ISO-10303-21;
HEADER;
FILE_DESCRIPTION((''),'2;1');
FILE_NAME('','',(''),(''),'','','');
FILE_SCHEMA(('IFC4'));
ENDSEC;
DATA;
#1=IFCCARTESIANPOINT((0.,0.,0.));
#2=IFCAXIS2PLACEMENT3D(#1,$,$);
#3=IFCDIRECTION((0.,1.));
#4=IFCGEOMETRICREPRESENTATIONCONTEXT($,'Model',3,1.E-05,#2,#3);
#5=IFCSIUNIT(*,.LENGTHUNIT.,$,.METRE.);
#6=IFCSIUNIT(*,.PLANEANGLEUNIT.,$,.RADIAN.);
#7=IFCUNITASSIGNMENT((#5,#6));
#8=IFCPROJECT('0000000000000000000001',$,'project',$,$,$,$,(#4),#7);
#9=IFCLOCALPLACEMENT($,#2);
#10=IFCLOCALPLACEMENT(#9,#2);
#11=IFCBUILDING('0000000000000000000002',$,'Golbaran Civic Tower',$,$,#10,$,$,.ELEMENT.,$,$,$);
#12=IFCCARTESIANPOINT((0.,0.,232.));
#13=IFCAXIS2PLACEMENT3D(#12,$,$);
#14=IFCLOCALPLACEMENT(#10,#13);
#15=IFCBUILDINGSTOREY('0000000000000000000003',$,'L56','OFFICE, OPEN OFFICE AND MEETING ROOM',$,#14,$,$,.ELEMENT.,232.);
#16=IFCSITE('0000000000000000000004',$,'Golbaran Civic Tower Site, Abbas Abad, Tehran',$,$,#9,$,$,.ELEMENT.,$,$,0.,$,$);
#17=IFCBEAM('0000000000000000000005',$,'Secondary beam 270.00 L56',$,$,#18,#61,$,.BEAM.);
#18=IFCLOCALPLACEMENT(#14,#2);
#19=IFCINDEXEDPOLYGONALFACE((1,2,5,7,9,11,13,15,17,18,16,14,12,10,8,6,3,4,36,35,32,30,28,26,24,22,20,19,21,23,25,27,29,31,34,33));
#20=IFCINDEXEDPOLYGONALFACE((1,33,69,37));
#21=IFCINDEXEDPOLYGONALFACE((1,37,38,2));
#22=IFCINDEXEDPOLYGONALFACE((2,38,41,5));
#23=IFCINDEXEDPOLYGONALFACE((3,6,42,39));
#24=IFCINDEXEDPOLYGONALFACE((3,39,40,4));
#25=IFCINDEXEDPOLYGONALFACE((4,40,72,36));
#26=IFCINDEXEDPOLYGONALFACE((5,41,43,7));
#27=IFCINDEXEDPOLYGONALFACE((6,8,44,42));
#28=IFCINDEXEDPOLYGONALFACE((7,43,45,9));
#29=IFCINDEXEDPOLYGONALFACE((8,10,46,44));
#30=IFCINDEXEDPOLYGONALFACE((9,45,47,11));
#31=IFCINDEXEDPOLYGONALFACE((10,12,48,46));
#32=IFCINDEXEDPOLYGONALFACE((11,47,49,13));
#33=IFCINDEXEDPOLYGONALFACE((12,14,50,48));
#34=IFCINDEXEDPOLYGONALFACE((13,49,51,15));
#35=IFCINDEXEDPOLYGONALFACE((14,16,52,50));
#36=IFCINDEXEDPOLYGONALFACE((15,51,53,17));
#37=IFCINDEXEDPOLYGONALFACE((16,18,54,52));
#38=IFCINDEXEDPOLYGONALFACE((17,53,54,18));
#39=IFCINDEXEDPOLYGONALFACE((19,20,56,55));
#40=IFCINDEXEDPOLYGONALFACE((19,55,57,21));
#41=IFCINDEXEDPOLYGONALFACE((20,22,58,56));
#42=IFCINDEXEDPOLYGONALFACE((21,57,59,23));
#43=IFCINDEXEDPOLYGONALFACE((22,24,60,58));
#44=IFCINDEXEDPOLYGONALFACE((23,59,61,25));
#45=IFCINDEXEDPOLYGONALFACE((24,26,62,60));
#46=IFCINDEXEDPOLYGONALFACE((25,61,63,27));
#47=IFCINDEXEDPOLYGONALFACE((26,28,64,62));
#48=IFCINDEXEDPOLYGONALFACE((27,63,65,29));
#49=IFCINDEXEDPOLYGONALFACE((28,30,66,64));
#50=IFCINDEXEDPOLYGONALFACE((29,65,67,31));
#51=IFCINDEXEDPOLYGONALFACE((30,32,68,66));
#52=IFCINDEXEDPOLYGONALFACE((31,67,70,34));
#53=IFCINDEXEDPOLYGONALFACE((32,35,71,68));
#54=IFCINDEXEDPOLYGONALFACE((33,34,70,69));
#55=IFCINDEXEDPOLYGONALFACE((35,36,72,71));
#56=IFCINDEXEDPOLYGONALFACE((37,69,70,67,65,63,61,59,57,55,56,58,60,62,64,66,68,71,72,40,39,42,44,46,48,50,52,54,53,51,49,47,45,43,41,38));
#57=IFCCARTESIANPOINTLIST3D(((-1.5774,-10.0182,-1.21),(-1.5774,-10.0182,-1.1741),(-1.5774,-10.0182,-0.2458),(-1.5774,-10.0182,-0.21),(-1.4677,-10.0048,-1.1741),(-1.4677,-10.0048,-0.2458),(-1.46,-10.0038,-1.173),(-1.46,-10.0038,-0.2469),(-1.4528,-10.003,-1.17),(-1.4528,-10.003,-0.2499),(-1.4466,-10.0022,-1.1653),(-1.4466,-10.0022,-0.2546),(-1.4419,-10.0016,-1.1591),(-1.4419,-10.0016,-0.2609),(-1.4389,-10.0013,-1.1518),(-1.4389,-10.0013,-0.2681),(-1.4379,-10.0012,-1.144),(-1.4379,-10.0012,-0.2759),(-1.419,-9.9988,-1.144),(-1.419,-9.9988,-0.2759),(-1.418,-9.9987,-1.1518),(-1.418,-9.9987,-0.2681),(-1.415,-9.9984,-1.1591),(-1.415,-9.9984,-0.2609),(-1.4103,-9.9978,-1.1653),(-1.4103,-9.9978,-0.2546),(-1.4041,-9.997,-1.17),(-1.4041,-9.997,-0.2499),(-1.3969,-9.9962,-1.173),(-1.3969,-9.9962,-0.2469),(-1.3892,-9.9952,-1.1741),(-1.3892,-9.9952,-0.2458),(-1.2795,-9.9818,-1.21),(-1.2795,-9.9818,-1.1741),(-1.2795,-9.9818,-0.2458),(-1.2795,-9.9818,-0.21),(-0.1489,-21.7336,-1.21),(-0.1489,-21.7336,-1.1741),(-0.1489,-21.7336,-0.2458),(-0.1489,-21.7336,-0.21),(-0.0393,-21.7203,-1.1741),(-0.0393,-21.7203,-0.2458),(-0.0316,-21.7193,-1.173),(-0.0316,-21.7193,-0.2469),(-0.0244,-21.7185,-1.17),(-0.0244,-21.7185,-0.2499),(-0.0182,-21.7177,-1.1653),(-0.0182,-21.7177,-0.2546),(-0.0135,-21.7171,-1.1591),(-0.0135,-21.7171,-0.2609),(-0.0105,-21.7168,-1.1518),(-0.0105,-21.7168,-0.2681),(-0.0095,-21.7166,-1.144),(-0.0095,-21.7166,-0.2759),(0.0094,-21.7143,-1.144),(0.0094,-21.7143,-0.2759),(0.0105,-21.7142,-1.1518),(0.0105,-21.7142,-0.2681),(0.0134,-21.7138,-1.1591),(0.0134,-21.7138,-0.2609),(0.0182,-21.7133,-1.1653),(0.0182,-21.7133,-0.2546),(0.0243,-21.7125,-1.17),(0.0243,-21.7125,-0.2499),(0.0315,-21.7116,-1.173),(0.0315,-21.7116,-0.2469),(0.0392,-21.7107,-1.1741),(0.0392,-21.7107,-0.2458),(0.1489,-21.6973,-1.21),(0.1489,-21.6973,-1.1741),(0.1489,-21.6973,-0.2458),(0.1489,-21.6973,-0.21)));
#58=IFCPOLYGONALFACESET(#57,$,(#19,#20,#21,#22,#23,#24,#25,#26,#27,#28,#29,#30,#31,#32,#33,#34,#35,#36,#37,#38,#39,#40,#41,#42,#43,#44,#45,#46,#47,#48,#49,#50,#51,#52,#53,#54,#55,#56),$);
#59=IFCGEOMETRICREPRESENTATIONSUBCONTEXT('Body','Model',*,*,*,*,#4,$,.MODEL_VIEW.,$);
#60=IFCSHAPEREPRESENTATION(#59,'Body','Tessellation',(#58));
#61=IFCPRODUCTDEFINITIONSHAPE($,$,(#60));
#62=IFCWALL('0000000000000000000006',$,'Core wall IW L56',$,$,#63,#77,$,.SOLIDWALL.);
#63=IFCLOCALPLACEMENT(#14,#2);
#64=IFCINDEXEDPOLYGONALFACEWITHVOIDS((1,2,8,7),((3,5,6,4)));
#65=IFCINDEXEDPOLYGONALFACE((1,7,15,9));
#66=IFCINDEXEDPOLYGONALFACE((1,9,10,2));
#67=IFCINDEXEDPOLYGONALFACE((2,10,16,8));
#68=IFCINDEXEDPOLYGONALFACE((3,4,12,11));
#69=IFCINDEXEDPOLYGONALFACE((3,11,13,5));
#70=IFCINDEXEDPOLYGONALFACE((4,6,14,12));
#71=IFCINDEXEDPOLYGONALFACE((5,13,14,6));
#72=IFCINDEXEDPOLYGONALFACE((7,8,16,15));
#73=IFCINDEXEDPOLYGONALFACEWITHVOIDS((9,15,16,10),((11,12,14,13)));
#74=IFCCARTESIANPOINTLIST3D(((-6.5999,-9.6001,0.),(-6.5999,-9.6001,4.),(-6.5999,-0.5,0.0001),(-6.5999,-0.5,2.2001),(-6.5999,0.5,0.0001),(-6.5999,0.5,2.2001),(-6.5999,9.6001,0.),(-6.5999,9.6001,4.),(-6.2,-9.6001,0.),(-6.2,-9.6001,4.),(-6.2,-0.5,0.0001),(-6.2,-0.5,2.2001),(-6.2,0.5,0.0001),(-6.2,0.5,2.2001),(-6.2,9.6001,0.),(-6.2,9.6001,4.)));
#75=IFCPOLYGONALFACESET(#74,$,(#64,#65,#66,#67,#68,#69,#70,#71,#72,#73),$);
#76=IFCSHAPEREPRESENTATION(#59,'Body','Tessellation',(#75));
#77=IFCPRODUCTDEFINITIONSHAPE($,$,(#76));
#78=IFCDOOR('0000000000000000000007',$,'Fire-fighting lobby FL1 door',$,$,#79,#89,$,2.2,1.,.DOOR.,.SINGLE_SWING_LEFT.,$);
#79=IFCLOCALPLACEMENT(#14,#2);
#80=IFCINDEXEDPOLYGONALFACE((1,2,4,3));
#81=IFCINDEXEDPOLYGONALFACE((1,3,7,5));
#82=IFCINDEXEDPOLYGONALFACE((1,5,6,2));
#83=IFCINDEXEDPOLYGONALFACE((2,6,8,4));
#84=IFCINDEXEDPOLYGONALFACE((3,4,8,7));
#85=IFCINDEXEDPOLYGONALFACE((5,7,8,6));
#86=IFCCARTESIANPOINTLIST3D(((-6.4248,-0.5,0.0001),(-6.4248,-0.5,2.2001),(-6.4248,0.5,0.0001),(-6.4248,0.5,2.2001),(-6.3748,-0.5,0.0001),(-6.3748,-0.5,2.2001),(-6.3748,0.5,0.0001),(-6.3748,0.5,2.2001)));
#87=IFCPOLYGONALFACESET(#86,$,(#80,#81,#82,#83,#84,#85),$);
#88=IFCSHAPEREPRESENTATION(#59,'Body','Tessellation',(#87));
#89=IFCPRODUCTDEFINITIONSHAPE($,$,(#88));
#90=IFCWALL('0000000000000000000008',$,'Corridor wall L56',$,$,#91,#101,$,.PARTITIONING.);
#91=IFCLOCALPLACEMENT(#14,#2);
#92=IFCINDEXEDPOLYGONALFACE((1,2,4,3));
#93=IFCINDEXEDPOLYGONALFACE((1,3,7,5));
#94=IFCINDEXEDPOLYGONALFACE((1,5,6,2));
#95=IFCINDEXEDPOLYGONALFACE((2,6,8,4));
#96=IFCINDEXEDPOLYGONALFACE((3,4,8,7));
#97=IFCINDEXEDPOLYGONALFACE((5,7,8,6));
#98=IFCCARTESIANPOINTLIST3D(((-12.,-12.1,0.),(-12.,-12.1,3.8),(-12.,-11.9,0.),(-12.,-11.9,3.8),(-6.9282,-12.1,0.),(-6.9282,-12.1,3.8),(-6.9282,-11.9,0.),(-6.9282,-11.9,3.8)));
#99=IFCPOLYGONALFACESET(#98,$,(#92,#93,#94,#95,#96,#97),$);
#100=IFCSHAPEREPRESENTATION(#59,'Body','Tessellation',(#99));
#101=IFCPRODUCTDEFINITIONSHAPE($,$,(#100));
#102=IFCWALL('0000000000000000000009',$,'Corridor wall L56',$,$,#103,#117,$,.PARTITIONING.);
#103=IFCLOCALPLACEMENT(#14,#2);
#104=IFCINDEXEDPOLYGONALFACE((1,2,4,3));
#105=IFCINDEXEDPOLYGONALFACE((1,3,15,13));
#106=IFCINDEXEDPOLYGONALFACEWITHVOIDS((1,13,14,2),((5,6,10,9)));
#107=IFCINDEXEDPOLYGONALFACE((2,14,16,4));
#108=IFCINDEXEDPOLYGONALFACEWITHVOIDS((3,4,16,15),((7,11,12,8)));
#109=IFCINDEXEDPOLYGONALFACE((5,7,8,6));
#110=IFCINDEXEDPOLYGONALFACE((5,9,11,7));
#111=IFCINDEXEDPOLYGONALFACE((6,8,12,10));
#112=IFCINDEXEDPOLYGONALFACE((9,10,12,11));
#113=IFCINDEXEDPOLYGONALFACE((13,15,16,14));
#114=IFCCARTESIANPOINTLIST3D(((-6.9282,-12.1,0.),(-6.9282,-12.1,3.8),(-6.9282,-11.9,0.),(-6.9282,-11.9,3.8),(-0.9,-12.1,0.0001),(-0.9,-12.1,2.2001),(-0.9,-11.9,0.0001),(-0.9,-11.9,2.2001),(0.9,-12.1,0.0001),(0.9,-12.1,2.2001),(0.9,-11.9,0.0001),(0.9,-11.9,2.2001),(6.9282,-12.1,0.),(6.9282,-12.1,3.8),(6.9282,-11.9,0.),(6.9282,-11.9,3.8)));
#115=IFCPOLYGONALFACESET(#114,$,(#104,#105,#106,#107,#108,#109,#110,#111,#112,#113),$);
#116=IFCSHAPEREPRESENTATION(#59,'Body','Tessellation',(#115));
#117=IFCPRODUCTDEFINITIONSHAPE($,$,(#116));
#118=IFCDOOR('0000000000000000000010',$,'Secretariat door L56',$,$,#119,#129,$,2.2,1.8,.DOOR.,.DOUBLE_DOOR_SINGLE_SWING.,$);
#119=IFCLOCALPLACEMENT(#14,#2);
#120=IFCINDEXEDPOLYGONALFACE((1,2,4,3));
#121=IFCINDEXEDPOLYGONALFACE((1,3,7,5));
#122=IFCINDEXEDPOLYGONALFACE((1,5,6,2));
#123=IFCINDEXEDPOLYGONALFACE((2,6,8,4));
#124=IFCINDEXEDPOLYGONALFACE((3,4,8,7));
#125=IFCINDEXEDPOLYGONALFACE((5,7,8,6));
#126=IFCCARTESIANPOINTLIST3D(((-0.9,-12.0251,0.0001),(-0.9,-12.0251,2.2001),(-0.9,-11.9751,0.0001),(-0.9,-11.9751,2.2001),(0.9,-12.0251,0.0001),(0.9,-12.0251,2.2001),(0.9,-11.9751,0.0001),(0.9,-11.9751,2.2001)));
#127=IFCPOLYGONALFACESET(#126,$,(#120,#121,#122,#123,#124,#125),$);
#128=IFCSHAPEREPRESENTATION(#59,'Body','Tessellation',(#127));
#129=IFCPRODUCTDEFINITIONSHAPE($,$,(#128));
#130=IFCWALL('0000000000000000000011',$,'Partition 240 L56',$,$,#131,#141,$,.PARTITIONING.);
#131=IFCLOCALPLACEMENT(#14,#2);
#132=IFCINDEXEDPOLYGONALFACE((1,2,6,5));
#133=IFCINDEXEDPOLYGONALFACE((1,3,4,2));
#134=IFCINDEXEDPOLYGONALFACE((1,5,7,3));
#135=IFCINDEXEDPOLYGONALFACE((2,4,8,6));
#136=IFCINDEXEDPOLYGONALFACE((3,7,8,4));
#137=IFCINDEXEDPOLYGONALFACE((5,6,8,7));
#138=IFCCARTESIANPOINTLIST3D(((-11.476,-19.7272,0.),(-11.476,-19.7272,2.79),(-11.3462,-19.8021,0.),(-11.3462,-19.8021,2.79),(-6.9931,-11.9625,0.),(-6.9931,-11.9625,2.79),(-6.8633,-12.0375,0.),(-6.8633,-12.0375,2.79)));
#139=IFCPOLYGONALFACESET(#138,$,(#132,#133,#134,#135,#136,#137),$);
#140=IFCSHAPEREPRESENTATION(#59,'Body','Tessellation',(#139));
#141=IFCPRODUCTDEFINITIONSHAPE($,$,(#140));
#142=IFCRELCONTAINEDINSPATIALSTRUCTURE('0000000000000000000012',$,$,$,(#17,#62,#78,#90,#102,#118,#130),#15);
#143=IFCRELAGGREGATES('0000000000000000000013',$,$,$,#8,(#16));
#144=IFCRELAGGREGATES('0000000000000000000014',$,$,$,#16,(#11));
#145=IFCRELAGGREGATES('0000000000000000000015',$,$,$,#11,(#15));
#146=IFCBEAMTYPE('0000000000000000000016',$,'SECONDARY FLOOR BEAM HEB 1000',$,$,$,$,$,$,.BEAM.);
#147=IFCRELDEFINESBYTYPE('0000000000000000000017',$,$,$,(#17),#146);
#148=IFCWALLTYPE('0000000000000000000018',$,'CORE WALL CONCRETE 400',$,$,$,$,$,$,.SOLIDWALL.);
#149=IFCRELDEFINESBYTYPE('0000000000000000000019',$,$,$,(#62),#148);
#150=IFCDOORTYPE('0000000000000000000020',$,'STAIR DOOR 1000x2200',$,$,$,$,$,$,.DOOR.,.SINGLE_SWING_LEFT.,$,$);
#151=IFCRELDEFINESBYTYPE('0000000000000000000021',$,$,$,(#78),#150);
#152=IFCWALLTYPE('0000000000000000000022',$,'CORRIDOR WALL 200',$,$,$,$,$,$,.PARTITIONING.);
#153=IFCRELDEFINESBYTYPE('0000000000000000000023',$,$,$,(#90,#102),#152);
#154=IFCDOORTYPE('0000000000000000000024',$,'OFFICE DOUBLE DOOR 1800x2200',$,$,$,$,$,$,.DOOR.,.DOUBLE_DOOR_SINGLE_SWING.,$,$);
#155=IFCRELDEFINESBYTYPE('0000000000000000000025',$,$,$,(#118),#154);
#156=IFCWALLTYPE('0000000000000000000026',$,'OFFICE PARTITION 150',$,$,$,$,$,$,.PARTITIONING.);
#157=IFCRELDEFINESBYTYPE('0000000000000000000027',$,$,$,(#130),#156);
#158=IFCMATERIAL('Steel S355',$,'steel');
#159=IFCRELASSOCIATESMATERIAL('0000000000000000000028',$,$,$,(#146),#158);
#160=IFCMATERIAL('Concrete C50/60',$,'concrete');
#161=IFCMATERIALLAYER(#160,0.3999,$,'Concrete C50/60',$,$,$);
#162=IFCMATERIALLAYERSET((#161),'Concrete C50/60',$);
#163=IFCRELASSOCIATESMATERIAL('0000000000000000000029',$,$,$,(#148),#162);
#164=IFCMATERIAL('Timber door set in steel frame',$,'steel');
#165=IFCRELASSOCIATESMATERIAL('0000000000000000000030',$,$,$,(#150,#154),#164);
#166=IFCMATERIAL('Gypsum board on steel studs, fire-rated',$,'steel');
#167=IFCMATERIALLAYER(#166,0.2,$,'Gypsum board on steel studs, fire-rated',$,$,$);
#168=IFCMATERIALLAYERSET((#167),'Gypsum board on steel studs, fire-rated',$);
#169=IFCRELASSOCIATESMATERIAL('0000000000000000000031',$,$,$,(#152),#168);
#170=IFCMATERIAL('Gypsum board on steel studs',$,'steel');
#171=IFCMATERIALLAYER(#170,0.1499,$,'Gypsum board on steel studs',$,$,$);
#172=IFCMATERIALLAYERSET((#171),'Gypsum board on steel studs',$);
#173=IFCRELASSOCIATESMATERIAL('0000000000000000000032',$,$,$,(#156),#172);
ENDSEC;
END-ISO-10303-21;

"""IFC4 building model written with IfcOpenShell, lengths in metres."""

from ifc_helpers import new_model, si_unit, direction, frame, frame_2d, origin, origin_2d, place, context, subcontext, project, spatial, rectangle, i_section, extrude, material, layer, layer_set, material_profile, profile_set, type_object, element, fill, save


model = new_model("IFC4")

# Units and contexts
model_context = context("Model", 3, precision=1e-05, world=origin(), true_north=direction((0.0, 1.0)))
body_context = subcontext(model_context, "Body", "Model", "MODEL_VIEW")
ifc_project = project(units=[si_unit("LENGTHUNIT", "METRE"), si_unit("PLANEANGLEUNIT", "RADIAN")], contexts=[model_context])

# Site, building, storey
site_placement = place(None, origin())
site = spatial("IfcSite", under=ifc_project, at=site_placement, Name="Golbaran Civic Tower Site, Abbas Abad, Tehran", CompositionType="ELEMENT", RefElevation=0.0)
building_placement = place(site_placement, origin())
building = spatial("IfcBuilding", under=site, at=building_placement, Name="Golbaran Civic Tower", CompositionType="ELEMENT")
storey_placement = place(building_placement, frame((0.0, 0.0, 232.0)))
storey = spatial("IfcBuildingStorey", under=building, at=storey_placement, Name="L56", Description="OFFICE, OPEN OFFICE AND MEETING ROOM", CompositionType="ELEMENT", Elevation=232.0)

# Beam
ifc_material_1 = material(Name="Steel S355", Category="steel")
ifc_material_profile_1 = material_profile(ifc_material_1, i_section(OverallWidth=0.3, OverallDepth=1.0, WebThickness=0.019, FlangeThickness=0.0359, FilletRadius=0.03, at=origin_2d()), Name="HEB 1000")
ifc_profile_set_1 = profile_set([ifc_material_profile_1], Name="Steel S355")
beam_type_1 = type_object("IfcBeamType", Name="SECONDARY FLOOR BEAM HEB 1000", PredefinedType="BEAM", material=ifc_profile_set_1)
beam_1_placement = place(storey_placement, frame((-1.4285, -10.0, -0.71), z_axis=(0.121033, -0.992649, 0.0), x_axis=(0.992649, 0.121033, 0.0)))
element("IfcBeam", 1, at=beam_1_placement, inside=storey, type_object=beam_type_1, Name="Secondary beam 270.00 L56", PredefinedType="BEAM", context=body_context, shape_type="SweptSolid", body=[
    extrude(i_section(OverallWidth=0.3, OverallDepth=1.0, WebThickness=0.019, FlangeThickness=0.0359, FilletRadius=0.03, at=origin_2d()), origin(), (0.0, 0.0, 1.0), 11.8022),
])

# Wall, opening, door
ifc_material_2 = material(Name="Concrete C50/60", Category="concrete")
ifc_layer_1 = layer(ifc_material_2, 0.3999, Name="Concrete C50/60")
ifc_layer_set_1 = layer_set([ifc_layer_1], Name="Concrete C50/60")
wall_type_1 = type_object("IfcWallType", Name="CORE WALL CONCRETE 400", PredefinedType="SOLIDWALL", material=ifc_layer_set_1)
wall_1_placement = place(storey_placement, frame((-6.3999, -9.6001, 0.0), z_axis=(0.0, 0.0, 1.0), x_axis=(0.0, 1.0, 0.0)))
wall_1 = element("IfcWall", 2, at=wall_1_placement, inside=storey, type_object=wall_type_1, Name="Core wall IW L56", PredefinedType="SOLIDWALL", context=body_context, shape_type="SweptSolid", body=[
    extrude(rectangle(XDim=19.2002, YDim=0.3999, at=frame_2d((9.6001, 0.0))), origin(), (0.0, 0.0, 1.0), 4.0),
])
opening_1_placement = place(wall_1_placement, frame((9.1001, 0.0, 0.0)))
opening_1 = element("IfcOpeningElement", 3, at=opening_1_placement, cuts=wall_1, PredefinedType="OPENING", context=body_context, shape_type="SweptSolid", body=[
    extrude(rectangle(XDim=1.0, YDim=2.2, at=frame_2d((0.5, 1.1001))), frame((0.0, 0.21, 0.0), z_axis=(0.0, -1.0, 0.0), x_axis=(1.0, 0.0, 0.0)), (0.0, 0.0, 1.0), 0.4199),
])
ifc_material_3 = material(Name="Timber door set in steel frame", Category="steel")
door_type_1 = type_object("IfcDoorType", Name="STAIR DOOR 1000x2200", OperationType="SINGLE_SWING_LEFT", PredefinedType="DOOR", material=ifc_material_3)
door_1_placement = place(opening_1_placement, origin())
door_1 = element("IfcDoor", 4, at=door_1_placement, inside=storey, type_object=door_type_1, Name="Fire-fighting lobby FL1 door", OperationType="SINGLE_SWING_LEFT", OverallHeight=2.2, OverallWidth=1.0, PredefinedType="DOOR", context=body_context, shape_type="SweptSolid", body=[
    extrude(rectangle(XDim=1.0, YDim=2.2, at=frame_2d((0.5, 1.1001))), frame((0.0, 0.0249, 0.0), z_axis=(0.0, -1.0, 0.0), x_axis=(1.0, 0.0, 0.0)), (0.0, 0.0, 1.0), 0.05),
])
fill(opening_1, door_1)

# Wall
ifc_material_4 = material(Name="Gypsum board on steel studs, fire-rated", Category="steel")
ifc_layer_2 = layer(ifc_material_4, 0.2, Name="Gypsum board on steel studs, fire-rated")
ifc_layer_set_2 = layer_set([ifc_layer_2], Name="Gypsum board on steel studs, fire-rated")
wall_type_2 = type_object("IfcWallType", Name="CORRIDOR WALL 200", PredefinedType="PARTITIONING", material=ifc_layer_set_2)
wall_2_placement = place(storey_placement, frame((-12.0, -12.0, 0.0), z_axis=(0.0, 0.0, 1.0), x_axis=(1.0, 0.0, 0.0)))
element("IfcWall", 5, at=wall_2_placement, inside=storey, type_object=wall_type_2, Name="Corridor wall L56", PredefinedType="PARTITIONING", context=body_context, shape_type="SweptSolid", body=[
    extrude(rectangle(XDim=5.0718, YDim=0.2, at=frame_2d((2.5359, 0.0))), origin(), (0.0, 0.0, 1.0), 3.8),
])

# Wall, opening, door
wall_3_placement = place(storey_placement, frame((-6.9282, -12.0, 0.0), z_axis=(0.0, 0.0, 1.0), x_axis=(1.0, 0.0, 0.0)))
wall_3 = element("IfcWall", 6, at=wall_3_placement, inside=storey, type_object=wall_type_2, Name="Corridor wall L56", PredefinedType="PARTITIONING", context=body_context, shape_type="SweptSolid", body=[
    extrude(rectangle(XDim=13.8564, YDim=0.2, at=frame_2d((6.9282, 0.0))), origin(), (0.0, 0.0, 1.0), 3.8),
])
opening_2_placement = place(wall_3_placement, frame((6.0283, 0.0, 0.0)))
opening_2 = element("IfcOpeningElement", 7, at=opening_2_placement, cuts=wall_3, PredefinedType="OPENING", context=body_context, shape_type="SweptSolid", body=[
    extrude(rectangle(XDim=1.8, YDim=2.2, at=frame_2d((0.8999, 1.1001))), frame((0.0, 0.1099, 0.0), z_axis=(0.0, -1.0, 0.0), x_axis=(1.0, 0.0, 0.0)), (0.0, 0.0, 1.0), 0.22),
])
door_type_2 = type_object("IfcDoorType", Name="OFFICE DOUBLE DOOR 1800x2200", OperationType="DOUBLE_DOOR_SINGLE_SWING", PredefinedType="DOOR", material=ifc_material_3)
door_2_placement = place(opening_2_placement, origin())
door_2 = element("IfcDoor", 8, at=door_2_placement, inside=storey, type_object=door_type_2, Name="Secretariat door L56", OperationType="DOUBLE_DOOR_SINGLE_SWING", OverallHeight=2.2, OverallWidth=1.8, PredefinedType="DOOR", context=body_context, shape_type="SweptSolid", body=[
    extrude(rectangle(XDim=1.8, YDim=2.2, at=frame_2d((0.8999, 1.1001))), frame((0.0, 0.0249, 0.0), z_axis=(0.0, -1.0, 0.0), x_axis=(1.0, 0.0, 0.0)), (0.0, 0.0, 1.0), 0.05),
])
fill(opening_2, door_2)

# Wall
ifc_material_5 = material(Name="Gypsum board on steel studs", Category="steel")
ifc_layer_3 = layer(ifc_material_5, 0.1499, Name="Gypsum board on steel studs")
ifc_layer_set_3 = layer_set([ifc_layer_3], Name="Gypsum board on steel studs")
wall_type_3 = type_object("IfcWallType", Name="OFFICE PARTITION 150", PredefinedType="PARTITIONING", material=ifc_layer_set_3)
wall_4_placement = place(storey_placement, frame((-6.9282, -12.0, 0.0), z_axis=(0.0, 0.0, 1.0), x_axis=(-0.499999, -0.866026, 0.0)))
element("IfcWall", 9, at=wall_4_placement, inside=storey, type_object=wall_type_3, Name="Partition 240 L56", PredefinedType="PARTITIONING", context=body_context, shape_type="SweptSolid", body=[
    extrude(rectangle(XDim=8.9658, YDim=0.1499, at=frame_2d((4.4829, 0.0))), origin(), (0.0, 0.0, 1.0), 2.79),
])

save(model, "model.ifc")
